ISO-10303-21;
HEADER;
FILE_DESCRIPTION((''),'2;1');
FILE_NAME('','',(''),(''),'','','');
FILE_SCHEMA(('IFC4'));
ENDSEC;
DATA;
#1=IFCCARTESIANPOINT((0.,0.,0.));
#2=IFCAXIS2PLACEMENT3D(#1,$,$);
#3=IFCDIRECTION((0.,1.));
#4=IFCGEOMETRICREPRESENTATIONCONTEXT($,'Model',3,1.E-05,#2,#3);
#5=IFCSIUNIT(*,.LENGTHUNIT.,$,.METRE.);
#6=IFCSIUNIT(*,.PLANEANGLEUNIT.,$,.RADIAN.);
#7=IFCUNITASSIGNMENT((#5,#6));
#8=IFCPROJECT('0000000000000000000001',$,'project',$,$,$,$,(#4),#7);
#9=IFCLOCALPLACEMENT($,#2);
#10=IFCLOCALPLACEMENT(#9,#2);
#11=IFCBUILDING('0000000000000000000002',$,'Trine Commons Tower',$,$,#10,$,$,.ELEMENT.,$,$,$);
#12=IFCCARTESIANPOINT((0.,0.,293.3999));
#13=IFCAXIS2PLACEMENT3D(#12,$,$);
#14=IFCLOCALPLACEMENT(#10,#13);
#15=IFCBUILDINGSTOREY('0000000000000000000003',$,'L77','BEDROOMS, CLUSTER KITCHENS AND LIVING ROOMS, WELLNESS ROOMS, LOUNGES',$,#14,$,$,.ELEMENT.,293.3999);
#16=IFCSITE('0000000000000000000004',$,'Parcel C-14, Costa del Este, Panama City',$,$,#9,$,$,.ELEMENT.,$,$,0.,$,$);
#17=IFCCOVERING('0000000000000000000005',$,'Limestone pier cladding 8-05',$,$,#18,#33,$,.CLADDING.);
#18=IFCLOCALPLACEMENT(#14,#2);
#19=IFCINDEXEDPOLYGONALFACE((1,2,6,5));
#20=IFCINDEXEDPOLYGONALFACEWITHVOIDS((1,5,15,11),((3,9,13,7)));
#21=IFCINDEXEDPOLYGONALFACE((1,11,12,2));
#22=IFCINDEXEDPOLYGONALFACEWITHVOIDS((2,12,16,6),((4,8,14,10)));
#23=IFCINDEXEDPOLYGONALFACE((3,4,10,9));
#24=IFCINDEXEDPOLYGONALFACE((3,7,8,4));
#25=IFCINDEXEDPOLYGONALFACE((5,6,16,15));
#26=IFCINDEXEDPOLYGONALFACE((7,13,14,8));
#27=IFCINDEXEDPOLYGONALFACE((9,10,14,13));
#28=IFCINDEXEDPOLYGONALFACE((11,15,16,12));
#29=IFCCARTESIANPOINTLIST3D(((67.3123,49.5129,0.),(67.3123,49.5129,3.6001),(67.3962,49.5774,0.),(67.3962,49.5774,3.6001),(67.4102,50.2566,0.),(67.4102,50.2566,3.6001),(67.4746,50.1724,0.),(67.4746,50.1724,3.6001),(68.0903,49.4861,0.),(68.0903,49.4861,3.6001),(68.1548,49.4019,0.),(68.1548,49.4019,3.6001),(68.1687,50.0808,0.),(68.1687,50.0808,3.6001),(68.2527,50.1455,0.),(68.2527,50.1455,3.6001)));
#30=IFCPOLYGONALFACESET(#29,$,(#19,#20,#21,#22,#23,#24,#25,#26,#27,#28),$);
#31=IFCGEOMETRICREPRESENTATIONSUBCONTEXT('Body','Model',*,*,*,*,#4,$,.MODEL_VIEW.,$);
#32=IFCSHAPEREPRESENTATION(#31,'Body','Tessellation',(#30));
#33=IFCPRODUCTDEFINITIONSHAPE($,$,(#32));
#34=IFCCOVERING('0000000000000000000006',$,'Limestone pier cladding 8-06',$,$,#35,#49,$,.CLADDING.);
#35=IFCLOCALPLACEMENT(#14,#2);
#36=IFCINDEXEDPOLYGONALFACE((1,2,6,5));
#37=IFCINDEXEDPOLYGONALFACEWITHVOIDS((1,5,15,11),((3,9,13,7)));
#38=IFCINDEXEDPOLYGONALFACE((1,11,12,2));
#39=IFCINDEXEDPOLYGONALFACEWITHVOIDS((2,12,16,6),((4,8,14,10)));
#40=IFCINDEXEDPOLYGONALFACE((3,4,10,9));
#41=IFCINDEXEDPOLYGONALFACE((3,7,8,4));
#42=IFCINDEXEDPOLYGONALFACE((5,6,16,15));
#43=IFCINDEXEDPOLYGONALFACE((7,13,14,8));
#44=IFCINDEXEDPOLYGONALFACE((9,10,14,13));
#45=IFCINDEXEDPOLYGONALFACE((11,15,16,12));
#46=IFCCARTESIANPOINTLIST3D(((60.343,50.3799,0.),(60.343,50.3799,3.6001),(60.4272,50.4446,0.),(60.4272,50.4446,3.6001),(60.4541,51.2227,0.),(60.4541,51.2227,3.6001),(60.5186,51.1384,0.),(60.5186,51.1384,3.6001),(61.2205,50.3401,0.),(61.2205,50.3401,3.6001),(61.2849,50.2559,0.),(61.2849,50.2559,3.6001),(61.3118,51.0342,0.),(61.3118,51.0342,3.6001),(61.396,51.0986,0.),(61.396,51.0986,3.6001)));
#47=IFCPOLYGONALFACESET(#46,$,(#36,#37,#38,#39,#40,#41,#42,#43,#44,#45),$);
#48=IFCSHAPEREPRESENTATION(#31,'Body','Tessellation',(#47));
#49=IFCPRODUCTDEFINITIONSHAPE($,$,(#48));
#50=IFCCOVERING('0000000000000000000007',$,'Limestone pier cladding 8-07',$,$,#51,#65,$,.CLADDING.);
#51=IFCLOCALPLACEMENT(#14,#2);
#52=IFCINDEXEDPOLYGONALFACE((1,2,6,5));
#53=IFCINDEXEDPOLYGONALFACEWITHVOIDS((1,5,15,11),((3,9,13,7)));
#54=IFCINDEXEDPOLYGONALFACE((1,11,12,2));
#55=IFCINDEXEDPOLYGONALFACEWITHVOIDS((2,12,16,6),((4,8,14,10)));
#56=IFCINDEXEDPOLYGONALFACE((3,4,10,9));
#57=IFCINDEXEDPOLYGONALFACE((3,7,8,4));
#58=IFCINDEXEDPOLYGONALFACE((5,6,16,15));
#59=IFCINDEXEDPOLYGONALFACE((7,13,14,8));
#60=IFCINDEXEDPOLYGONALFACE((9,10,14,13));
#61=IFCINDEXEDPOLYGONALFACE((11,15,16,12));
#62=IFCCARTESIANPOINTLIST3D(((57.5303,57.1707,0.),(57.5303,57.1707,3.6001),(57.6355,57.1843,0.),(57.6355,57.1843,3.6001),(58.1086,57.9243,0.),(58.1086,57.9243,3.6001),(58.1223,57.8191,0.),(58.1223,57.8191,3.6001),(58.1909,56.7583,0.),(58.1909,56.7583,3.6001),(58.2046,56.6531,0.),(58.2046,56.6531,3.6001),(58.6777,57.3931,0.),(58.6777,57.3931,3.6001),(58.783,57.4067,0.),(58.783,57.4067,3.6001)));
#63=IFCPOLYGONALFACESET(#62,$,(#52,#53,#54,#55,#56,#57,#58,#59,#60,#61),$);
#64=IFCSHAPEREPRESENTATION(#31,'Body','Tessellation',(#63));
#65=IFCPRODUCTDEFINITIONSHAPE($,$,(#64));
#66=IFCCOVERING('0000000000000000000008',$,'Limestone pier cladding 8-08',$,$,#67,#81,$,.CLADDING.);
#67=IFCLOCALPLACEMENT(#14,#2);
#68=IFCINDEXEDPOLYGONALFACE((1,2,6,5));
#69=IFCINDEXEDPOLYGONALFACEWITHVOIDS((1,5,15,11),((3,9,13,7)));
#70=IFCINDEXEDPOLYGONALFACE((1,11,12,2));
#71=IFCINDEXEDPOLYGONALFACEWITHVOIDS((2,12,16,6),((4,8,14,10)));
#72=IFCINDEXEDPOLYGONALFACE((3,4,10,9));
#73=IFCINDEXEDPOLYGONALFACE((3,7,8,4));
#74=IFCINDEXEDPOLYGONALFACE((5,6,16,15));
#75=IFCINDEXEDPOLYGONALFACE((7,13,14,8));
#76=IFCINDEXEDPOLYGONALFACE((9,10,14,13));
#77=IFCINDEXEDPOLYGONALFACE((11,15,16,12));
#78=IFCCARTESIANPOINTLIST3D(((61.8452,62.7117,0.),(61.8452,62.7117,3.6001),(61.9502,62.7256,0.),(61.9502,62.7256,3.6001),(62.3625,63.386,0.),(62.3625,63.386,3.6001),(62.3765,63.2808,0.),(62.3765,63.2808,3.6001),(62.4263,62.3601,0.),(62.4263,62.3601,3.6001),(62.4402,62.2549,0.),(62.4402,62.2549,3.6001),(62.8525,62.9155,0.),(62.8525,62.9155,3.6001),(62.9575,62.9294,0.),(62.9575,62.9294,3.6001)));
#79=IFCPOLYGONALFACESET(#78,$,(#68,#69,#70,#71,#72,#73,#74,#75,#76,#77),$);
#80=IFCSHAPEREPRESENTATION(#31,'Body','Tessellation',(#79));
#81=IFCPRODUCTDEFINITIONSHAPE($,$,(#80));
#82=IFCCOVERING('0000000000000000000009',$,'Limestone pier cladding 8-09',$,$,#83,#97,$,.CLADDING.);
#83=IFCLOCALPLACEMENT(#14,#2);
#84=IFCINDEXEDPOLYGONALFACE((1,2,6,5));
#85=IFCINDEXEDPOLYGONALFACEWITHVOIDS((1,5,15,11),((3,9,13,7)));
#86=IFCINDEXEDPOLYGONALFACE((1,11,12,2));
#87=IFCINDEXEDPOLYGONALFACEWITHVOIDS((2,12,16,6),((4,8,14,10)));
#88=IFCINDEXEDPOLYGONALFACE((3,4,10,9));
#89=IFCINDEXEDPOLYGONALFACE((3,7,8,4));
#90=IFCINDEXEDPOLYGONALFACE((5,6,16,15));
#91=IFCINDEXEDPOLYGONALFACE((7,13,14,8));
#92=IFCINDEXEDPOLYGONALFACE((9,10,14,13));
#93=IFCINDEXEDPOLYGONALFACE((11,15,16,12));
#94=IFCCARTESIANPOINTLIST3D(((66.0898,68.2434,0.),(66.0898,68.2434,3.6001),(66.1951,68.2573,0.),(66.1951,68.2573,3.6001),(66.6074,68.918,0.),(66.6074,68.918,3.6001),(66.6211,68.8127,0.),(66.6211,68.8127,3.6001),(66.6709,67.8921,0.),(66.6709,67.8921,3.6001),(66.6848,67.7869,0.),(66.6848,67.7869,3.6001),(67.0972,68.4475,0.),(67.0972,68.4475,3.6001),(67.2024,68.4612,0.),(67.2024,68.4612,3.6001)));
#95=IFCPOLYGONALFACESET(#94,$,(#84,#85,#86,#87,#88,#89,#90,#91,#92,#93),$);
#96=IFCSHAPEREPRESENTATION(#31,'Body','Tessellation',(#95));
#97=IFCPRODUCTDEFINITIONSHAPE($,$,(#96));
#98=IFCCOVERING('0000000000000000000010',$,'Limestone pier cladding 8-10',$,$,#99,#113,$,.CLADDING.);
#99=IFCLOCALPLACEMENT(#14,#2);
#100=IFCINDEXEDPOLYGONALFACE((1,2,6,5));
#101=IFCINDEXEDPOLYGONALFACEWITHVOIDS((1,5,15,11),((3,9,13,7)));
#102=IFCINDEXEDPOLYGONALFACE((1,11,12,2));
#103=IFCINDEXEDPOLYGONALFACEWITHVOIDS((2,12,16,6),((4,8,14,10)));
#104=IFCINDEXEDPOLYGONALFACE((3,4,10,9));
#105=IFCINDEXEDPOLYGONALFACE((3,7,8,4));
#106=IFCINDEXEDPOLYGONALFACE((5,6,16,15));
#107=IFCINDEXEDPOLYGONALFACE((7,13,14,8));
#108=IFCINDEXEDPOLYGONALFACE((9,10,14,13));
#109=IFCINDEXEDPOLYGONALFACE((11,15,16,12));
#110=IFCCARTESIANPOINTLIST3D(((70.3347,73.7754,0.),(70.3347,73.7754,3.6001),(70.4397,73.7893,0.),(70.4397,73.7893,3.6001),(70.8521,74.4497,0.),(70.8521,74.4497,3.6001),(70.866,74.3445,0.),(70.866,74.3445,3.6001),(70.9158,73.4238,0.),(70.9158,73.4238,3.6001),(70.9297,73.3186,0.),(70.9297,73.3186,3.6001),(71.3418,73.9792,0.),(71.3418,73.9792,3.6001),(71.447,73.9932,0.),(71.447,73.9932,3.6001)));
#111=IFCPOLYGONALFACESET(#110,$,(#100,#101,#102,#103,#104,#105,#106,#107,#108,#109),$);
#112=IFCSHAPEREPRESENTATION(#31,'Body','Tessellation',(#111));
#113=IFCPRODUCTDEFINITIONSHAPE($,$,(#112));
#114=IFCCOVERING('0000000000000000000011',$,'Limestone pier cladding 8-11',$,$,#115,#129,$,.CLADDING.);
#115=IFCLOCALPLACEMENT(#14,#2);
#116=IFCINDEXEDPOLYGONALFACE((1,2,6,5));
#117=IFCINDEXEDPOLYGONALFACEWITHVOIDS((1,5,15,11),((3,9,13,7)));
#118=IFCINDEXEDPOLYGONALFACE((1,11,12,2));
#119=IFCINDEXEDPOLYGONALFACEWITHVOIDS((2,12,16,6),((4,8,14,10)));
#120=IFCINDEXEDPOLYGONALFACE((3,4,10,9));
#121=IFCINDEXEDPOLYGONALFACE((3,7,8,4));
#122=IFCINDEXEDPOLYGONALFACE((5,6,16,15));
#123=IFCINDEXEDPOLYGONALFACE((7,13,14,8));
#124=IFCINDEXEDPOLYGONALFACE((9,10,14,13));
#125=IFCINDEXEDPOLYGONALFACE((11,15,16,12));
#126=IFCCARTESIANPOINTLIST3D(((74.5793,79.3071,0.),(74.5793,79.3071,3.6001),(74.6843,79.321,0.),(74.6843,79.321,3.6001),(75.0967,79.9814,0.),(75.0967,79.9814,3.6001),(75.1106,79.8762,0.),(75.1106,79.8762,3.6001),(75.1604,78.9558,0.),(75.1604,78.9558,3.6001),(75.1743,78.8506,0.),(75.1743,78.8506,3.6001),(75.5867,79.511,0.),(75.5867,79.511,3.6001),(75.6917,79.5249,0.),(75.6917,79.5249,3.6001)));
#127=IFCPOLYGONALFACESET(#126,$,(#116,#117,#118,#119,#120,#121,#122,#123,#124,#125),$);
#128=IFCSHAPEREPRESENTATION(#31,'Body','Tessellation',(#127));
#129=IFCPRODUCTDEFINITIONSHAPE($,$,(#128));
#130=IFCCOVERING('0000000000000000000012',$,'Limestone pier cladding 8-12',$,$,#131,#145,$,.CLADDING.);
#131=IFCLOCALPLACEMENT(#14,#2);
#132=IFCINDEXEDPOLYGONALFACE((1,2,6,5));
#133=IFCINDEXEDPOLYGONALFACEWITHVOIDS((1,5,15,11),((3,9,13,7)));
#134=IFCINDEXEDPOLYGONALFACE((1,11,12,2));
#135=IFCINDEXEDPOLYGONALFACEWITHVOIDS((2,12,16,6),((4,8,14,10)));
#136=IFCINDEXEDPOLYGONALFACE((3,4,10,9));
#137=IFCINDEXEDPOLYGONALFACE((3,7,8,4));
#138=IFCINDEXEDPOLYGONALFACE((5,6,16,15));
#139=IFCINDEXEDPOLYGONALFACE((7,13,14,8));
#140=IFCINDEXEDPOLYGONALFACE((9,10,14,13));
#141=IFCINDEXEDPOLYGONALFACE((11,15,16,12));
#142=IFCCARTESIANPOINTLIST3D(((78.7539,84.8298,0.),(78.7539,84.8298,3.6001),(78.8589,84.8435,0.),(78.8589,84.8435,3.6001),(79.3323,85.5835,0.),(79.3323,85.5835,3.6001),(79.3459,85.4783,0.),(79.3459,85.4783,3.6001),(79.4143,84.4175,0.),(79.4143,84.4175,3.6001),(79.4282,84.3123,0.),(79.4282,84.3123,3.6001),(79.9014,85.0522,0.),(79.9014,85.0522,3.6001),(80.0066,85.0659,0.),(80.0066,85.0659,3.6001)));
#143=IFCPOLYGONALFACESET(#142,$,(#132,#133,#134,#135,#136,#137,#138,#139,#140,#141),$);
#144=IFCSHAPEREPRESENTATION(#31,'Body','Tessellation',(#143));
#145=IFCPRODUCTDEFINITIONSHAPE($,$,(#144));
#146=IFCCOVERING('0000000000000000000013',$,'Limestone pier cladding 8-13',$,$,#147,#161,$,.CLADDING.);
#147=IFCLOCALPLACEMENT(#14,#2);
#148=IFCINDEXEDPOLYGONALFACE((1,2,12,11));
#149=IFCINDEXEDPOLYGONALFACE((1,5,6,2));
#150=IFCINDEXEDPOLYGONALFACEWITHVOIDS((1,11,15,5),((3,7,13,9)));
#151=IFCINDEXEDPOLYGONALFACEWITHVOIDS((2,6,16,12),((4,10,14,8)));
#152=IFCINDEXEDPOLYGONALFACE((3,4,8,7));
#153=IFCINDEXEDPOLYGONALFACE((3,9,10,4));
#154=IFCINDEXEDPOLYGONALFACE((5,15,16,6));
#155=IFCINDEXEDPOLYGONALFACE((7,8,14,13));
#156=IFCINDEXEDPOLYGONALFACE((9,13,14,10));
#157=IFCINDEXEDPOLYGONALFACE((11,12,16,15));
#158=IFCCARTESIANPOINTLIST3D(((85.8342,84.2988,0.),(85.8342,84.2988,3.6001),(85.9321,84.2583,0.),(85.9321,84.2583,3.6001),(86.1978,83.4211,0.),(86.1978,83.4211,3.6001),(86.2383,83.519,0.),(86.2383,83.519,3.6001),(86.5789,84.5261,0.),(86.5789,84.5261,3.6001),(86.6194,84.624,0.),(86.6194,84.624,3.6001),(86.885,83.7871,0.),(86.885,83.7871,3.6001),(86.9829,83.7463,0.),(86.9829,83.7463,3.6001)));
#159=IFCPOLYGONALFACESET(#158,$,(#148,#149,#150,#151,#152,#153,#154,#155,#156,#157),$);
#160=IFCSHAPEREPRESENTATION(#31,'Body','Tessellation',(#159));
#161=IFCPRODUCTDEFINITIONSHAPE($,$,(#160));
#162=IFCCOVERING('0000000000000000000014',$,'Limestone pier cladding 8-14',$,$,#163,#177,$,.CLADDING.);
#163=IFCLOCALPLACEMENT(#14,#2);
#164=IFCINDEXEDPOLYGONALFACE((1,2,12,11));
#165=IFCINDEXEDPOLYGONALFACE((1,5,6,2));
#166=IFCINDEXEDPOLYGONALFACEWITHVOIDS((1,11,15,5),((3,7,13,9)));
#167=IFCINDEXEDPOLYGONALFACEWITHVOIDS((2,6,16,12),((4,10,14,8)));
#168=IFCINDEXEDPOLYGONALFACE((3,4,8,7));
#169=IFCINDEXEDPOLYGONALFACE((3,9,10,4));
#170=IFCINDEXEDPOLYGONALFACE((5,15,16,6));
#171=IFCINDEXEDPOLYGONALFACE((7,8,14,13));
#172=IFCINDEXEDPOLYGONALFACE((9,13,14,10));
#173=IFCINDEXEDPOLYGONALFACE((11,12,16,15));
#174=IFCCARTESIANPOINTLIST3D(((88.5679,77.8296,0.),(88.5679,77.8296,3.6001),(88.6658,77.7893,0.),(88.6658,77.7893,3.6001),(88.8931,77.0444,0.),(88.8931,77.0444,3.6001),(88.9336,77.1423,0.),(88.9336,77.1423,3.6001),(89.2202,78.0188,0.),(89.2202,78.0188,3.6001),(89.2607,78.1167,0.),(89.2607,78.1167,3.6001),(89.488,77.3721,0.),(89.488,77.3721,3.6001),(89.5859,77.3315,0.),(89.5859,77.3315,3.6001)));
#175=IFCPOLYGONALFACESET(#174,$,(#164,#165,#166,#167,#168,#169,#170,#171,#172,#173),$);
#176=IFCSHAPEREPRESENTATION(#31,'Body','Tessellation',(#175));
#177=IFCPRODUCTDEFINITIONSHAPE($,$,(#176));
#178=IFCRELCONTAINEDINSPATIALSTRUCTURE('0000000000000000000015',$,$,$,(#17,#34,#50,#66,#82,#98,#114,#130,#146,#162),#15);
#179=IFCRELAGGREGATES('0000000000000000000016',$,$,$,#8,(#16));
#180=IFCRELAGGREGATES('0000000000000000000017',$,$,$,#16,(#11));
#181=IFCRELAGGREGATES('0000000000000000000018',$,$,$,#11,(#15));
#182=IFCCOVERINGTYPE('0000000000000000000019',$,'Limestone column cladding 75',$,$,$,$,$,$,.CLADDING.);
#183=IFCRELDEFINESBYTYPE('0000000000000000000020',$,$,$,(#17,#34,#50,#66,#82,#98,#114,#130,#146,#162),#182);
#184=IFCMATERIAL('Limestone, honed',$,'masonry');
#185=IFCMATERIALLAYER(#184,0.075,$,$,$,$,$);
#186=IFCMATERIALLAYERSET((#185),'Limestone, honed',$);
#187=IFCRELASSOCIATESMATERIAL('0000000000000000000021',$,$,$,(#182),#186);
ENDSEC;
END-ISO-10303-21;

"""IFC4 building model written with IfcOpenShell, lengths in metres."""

from ifc_helpers import new_model, si_unit, direction, frame, origin, place, context, subcontext, project, spatial, polyline, outline, extrude, material, layer, layer_set, type_object, element, save


model = new_model("IFC4")

# Units and contexts
model_context = context("Model", 3, precision=1e-05, world=origin(), true_north=direction((0.0, 1.0)))
body_context = subcontext(model_context, "Body", "Model", "MODEL_VIEW")
ifc_project = project(units=[si_unit("LENGTHUNIT", "METRE"), si_unit("PLANEANGLEUNIT", "RADIAN")], contexts=[model_context])

# Site, building, storey
site_placement = place(None, origin())
site = spatial("IfcSite", under=ifc_project, at=site_placement, Name="Parcel C-14, Costa del Este, Panama City", CompositionType="ELEMENT", RefElevation=0.0)
building_placement = place(site_placement, origin())
building = spatial("IfcBuilding", under=site, at=building_placement, Name="Trine Commons Tower", CompositionType="ELEMENT")
storey_placement = place(building_placement, frame((0.0, 0.0, 293.3999)))
storey = spatial("IfcBuildingStorey", under=building, at=storey_placement, Name="L77", Description="BEDROOMS, CLUSTER KITCHENS AND LIVING ROOMS, WELLNESS ROOMS, LOUNGES", CompositionType="ELEMENT", Elevation=293.3999)

# Coverings
ifc_material_1 = material(Name="Limestone, honed", Category="masonry")
ifc_layer_1 = layer(ifc_material_1, 0.075)
ifc_layer_set_1 = layer_set([ifc_layer_1], Name="Limestone, honed")
covering_type_1 = type_object("IfcCoveringType", Name="Limestone column cladding 75", PredefinedType="CLADDING", material=ifc_layer_set_1)
covering_1_placement = place(storey_placement, origin())
element("IfcCovering", 1, at=covering_1_placement, inside=storey, type_object=covering_type_1, Name="Limestone pier cladding 8-05", PredefinedType="CLADDING", context=body_context, shape_type="SweptSolid", body=[
    extrude(outline(polyline([(67.4102, 50.2566), (67.3123, 49.5129), (68.1548, 49.4019), (68.2527, 50.1455), (67.4102, 50.2566)]), holes=[polyline([(67.4746, 50.1724), (67.3962, 49.5774), (68.0903, 49.4861), (68.1687, 50.0808), (67.4746, 50.1724)])]), origin(), (0.0, 0.0, 1.0), 3.6001),
])
covering_2_placement = place(storey_placement, origin())
element("IfcCovering", 2, at=covering_2_placement, inside=storey, type_object=covering_type_1, Name="Limestone pier cladding 8-06", PredefinedType="CLADDING", context=body_context, shape_type="SweptSolid", body=[
    extrude(outline(polyline([(60.4541, 51.2227), (60.343, 50.3799), (61.2849, 50.2559), (61.396, 51.0986), (60.4541, 51.2227)]), holes=[polyline([(60.5186, 51.1384), (60.4272, 50.4446), (61.2205, 50.3401), (61.3118, 51.0342), (60.5186, 51.1384)])]), origin(), (0.0, 0.0, 1.0), 3.6001),
])
covering_3_placement = place(storey_placement, origin())
element("IfcCovering", 3, at=covering_3_placement, inside=storey, type_object=covering_type_1, Name="Limestone pier cladding 8-07", PredefinedType="CLADDING", context=body_context, shape_type="SweptSolid", body=[
    extrude(outline(polyline([(58.783, 57.4067), (58.1086, 57.9243), (57.5303, 57.1707), (58.2046, 56.6531), (58.783, 57.4067)]), holes=[polyline([(58.6777, 57.3931), (58.1223, 57.8191), (57.6355, 57.1843), (58.1909, 56.7583), (58.6777, 57.3931)])]), origin(), (0.0, 0.0, 1.0), 3.6001),
])
covering_4_placement = place(storey_placement, origin())
element("IfcCovering", 4, at=covering_4_placement, inside=storey, type_object=covering_type_1, Name="Limestone pier cladding 8-08", PredefinedType="CLADDING", context=body_context, shape_type="SweptSolid", body=[
    extrude(outline(polyline([(62.9575, 62.9294), (62.3625, 63.386), (61.8452, 62.7117), (62.4402, 62.2549), (62.9575, 62.9294)]), holes=[polyline([(62.8525, 62.9155), (62.3765, 63.2808), (61.9502, 62.7256), (62.4263, 62.3601), (62.8525, 62.9155)])]), origin(), (0.0, 0.0, 1.0), 3.6001),
])
covering_5_placement = place(storey_placement, origin())
element("IfcCovering", 5, at=covering_5_placement, inside=storey, type_object=covering_type_1, Name="Limestone pier cladding 8-09", PredefinedType="CLADDING", context=body_context, shape_type="SweptSolid", body=[
    extrude(outline(polyline([(67.2024, 68.4612), (66.6074, 68.918), (66.0898, 68.2434), (66.6848, 67.7869), (67.2024, 68.4612)]), holes=[polyline([(67.0972, 68.4475), (66.6211, 68.8127), (66.1951, 68.2573), (66.6709, 67.8921), (67.0972, 68.4475)])]), origin(), (0.0, 0.0, 1.0), 3.6001),
])
covering_6_placement = place(storey_placement, origin())
element("IfcCovering", 6, at=covering_6_placement, inside=storey, type_object=covering_type_1, Name="Limestone pier cladding 8-10", PredefinedType="CLADDING", context=body_context, shape_type="SweptSolid", body=[
    extrude(outline(polyline([(71.447, 73.9932), (70.8521, 74.4497), (70.3347, 73.7754), (70.9297, 73.3186), (71.447, 73.9932)]), holes=[polyline([(71.3418, 73.9792), (70.866, 74.3445), (70.4397, 73.7893), (70.9158, 73.4238), (71.3418, 73.9792)])]), origin(), (0.0, 0.0, 1.0), 3.6001),
])
covering_7_placement = place(storey_placement, origin())
element("IfcCovering", 7, at=covering_7_placement, inside=storey, type_object=covering_type_1, Name="Limestone pier cladding 8-11", PredefinedType="CLADDING", context=body_context, shape_type="SweptSolid", body=[
    extrude(outline(polyline([(75.6917, 79.5249), (75.0967, 79.9814), (74.5793, 79.3071), (75.1743, 78.8506), (75.6917, 79.5249)]), holes=[polyline([(75.5867, 79.511), (75.1106, 79.8762), (74.6843, 79.321), (75.1604, 78.9558), (75.5867, 79.511)])]), origin(), (0.0, 0.0, 1.0), 3.6001),
])
covering_8_placement = place(storey_placement, origin())
element("IfcCovering", 8, at=covering_8_placement, inside=storey, type_object=covering_type_1, Name="Limestone pier cladding 8-12", PredefinedType="CLADDING", context=body_context, shape_type="SweptSolid", body=[
    extrude(outline(polyline([(80.0066, 85.0659), (79.3323, 85.5835), (78.7539, 84.8298), (79.4282, 84.3123), (80.0066, 85.0659)]), holes=[polyline([(79.9014, 85.0522), (79.3459, 85.4783), (78.8589, 84.8435), (79.4143, 84.4175), (79.9014, 85.0522)])]), origin(), (0.0, 0.0, 1.0), 3.6001),
])
covering_9_placement = place(storey_placement, origin())
element("IfcCovering", 9, at=covering_9_placement, inside=storey, type_object=covering_type_1, Name="Limestone pier cladding 8-13", PredefinedType="CLADDING", context=body_context, shape_type="SweptSolid", body=[
    extrude(outline(polyline([(86.6194, 84.624), (85.8342, 84.2988), (86.1978, 83.4211), (86.9829, 83.7463), (86.6194, 84.624)]), holes=[polyline([(86.5789, 84.5261), (85.9321, 84.2583), (86.2383, 83.519), (86.885, 83.7871), (86.5789, 84.5261)])]), origin(), (0.0, 0.0, 1.0), 3.6001),
])
covering_10_placement = place(storey_placement, origin())
element("IfcCovering", 10, at=covering_10_placement, inside=storey, type_object=covering_type_1, Name="Limestone pier cladding 8-14", PredefinedType="CLADDING", context=body_context, shape_type="SweptSolid", body=[
    extrude(outline(polyline([(89.2607, 78.1167), (88.5679, 77.8296), (88.8931, 77.0444), (89.5859, 77.3315), (89.2607, 78.1167)]), holes=[polyline([(89.2202, 78.0188), (88.6658, 77.7893), (88.9336, 77.1423), (89.488, 77.3721), (89.2202, 78.0188)])]), origin(), (0.0, 0.0, 1.0), 3.6001),
])

save(model, "model.ifc")
